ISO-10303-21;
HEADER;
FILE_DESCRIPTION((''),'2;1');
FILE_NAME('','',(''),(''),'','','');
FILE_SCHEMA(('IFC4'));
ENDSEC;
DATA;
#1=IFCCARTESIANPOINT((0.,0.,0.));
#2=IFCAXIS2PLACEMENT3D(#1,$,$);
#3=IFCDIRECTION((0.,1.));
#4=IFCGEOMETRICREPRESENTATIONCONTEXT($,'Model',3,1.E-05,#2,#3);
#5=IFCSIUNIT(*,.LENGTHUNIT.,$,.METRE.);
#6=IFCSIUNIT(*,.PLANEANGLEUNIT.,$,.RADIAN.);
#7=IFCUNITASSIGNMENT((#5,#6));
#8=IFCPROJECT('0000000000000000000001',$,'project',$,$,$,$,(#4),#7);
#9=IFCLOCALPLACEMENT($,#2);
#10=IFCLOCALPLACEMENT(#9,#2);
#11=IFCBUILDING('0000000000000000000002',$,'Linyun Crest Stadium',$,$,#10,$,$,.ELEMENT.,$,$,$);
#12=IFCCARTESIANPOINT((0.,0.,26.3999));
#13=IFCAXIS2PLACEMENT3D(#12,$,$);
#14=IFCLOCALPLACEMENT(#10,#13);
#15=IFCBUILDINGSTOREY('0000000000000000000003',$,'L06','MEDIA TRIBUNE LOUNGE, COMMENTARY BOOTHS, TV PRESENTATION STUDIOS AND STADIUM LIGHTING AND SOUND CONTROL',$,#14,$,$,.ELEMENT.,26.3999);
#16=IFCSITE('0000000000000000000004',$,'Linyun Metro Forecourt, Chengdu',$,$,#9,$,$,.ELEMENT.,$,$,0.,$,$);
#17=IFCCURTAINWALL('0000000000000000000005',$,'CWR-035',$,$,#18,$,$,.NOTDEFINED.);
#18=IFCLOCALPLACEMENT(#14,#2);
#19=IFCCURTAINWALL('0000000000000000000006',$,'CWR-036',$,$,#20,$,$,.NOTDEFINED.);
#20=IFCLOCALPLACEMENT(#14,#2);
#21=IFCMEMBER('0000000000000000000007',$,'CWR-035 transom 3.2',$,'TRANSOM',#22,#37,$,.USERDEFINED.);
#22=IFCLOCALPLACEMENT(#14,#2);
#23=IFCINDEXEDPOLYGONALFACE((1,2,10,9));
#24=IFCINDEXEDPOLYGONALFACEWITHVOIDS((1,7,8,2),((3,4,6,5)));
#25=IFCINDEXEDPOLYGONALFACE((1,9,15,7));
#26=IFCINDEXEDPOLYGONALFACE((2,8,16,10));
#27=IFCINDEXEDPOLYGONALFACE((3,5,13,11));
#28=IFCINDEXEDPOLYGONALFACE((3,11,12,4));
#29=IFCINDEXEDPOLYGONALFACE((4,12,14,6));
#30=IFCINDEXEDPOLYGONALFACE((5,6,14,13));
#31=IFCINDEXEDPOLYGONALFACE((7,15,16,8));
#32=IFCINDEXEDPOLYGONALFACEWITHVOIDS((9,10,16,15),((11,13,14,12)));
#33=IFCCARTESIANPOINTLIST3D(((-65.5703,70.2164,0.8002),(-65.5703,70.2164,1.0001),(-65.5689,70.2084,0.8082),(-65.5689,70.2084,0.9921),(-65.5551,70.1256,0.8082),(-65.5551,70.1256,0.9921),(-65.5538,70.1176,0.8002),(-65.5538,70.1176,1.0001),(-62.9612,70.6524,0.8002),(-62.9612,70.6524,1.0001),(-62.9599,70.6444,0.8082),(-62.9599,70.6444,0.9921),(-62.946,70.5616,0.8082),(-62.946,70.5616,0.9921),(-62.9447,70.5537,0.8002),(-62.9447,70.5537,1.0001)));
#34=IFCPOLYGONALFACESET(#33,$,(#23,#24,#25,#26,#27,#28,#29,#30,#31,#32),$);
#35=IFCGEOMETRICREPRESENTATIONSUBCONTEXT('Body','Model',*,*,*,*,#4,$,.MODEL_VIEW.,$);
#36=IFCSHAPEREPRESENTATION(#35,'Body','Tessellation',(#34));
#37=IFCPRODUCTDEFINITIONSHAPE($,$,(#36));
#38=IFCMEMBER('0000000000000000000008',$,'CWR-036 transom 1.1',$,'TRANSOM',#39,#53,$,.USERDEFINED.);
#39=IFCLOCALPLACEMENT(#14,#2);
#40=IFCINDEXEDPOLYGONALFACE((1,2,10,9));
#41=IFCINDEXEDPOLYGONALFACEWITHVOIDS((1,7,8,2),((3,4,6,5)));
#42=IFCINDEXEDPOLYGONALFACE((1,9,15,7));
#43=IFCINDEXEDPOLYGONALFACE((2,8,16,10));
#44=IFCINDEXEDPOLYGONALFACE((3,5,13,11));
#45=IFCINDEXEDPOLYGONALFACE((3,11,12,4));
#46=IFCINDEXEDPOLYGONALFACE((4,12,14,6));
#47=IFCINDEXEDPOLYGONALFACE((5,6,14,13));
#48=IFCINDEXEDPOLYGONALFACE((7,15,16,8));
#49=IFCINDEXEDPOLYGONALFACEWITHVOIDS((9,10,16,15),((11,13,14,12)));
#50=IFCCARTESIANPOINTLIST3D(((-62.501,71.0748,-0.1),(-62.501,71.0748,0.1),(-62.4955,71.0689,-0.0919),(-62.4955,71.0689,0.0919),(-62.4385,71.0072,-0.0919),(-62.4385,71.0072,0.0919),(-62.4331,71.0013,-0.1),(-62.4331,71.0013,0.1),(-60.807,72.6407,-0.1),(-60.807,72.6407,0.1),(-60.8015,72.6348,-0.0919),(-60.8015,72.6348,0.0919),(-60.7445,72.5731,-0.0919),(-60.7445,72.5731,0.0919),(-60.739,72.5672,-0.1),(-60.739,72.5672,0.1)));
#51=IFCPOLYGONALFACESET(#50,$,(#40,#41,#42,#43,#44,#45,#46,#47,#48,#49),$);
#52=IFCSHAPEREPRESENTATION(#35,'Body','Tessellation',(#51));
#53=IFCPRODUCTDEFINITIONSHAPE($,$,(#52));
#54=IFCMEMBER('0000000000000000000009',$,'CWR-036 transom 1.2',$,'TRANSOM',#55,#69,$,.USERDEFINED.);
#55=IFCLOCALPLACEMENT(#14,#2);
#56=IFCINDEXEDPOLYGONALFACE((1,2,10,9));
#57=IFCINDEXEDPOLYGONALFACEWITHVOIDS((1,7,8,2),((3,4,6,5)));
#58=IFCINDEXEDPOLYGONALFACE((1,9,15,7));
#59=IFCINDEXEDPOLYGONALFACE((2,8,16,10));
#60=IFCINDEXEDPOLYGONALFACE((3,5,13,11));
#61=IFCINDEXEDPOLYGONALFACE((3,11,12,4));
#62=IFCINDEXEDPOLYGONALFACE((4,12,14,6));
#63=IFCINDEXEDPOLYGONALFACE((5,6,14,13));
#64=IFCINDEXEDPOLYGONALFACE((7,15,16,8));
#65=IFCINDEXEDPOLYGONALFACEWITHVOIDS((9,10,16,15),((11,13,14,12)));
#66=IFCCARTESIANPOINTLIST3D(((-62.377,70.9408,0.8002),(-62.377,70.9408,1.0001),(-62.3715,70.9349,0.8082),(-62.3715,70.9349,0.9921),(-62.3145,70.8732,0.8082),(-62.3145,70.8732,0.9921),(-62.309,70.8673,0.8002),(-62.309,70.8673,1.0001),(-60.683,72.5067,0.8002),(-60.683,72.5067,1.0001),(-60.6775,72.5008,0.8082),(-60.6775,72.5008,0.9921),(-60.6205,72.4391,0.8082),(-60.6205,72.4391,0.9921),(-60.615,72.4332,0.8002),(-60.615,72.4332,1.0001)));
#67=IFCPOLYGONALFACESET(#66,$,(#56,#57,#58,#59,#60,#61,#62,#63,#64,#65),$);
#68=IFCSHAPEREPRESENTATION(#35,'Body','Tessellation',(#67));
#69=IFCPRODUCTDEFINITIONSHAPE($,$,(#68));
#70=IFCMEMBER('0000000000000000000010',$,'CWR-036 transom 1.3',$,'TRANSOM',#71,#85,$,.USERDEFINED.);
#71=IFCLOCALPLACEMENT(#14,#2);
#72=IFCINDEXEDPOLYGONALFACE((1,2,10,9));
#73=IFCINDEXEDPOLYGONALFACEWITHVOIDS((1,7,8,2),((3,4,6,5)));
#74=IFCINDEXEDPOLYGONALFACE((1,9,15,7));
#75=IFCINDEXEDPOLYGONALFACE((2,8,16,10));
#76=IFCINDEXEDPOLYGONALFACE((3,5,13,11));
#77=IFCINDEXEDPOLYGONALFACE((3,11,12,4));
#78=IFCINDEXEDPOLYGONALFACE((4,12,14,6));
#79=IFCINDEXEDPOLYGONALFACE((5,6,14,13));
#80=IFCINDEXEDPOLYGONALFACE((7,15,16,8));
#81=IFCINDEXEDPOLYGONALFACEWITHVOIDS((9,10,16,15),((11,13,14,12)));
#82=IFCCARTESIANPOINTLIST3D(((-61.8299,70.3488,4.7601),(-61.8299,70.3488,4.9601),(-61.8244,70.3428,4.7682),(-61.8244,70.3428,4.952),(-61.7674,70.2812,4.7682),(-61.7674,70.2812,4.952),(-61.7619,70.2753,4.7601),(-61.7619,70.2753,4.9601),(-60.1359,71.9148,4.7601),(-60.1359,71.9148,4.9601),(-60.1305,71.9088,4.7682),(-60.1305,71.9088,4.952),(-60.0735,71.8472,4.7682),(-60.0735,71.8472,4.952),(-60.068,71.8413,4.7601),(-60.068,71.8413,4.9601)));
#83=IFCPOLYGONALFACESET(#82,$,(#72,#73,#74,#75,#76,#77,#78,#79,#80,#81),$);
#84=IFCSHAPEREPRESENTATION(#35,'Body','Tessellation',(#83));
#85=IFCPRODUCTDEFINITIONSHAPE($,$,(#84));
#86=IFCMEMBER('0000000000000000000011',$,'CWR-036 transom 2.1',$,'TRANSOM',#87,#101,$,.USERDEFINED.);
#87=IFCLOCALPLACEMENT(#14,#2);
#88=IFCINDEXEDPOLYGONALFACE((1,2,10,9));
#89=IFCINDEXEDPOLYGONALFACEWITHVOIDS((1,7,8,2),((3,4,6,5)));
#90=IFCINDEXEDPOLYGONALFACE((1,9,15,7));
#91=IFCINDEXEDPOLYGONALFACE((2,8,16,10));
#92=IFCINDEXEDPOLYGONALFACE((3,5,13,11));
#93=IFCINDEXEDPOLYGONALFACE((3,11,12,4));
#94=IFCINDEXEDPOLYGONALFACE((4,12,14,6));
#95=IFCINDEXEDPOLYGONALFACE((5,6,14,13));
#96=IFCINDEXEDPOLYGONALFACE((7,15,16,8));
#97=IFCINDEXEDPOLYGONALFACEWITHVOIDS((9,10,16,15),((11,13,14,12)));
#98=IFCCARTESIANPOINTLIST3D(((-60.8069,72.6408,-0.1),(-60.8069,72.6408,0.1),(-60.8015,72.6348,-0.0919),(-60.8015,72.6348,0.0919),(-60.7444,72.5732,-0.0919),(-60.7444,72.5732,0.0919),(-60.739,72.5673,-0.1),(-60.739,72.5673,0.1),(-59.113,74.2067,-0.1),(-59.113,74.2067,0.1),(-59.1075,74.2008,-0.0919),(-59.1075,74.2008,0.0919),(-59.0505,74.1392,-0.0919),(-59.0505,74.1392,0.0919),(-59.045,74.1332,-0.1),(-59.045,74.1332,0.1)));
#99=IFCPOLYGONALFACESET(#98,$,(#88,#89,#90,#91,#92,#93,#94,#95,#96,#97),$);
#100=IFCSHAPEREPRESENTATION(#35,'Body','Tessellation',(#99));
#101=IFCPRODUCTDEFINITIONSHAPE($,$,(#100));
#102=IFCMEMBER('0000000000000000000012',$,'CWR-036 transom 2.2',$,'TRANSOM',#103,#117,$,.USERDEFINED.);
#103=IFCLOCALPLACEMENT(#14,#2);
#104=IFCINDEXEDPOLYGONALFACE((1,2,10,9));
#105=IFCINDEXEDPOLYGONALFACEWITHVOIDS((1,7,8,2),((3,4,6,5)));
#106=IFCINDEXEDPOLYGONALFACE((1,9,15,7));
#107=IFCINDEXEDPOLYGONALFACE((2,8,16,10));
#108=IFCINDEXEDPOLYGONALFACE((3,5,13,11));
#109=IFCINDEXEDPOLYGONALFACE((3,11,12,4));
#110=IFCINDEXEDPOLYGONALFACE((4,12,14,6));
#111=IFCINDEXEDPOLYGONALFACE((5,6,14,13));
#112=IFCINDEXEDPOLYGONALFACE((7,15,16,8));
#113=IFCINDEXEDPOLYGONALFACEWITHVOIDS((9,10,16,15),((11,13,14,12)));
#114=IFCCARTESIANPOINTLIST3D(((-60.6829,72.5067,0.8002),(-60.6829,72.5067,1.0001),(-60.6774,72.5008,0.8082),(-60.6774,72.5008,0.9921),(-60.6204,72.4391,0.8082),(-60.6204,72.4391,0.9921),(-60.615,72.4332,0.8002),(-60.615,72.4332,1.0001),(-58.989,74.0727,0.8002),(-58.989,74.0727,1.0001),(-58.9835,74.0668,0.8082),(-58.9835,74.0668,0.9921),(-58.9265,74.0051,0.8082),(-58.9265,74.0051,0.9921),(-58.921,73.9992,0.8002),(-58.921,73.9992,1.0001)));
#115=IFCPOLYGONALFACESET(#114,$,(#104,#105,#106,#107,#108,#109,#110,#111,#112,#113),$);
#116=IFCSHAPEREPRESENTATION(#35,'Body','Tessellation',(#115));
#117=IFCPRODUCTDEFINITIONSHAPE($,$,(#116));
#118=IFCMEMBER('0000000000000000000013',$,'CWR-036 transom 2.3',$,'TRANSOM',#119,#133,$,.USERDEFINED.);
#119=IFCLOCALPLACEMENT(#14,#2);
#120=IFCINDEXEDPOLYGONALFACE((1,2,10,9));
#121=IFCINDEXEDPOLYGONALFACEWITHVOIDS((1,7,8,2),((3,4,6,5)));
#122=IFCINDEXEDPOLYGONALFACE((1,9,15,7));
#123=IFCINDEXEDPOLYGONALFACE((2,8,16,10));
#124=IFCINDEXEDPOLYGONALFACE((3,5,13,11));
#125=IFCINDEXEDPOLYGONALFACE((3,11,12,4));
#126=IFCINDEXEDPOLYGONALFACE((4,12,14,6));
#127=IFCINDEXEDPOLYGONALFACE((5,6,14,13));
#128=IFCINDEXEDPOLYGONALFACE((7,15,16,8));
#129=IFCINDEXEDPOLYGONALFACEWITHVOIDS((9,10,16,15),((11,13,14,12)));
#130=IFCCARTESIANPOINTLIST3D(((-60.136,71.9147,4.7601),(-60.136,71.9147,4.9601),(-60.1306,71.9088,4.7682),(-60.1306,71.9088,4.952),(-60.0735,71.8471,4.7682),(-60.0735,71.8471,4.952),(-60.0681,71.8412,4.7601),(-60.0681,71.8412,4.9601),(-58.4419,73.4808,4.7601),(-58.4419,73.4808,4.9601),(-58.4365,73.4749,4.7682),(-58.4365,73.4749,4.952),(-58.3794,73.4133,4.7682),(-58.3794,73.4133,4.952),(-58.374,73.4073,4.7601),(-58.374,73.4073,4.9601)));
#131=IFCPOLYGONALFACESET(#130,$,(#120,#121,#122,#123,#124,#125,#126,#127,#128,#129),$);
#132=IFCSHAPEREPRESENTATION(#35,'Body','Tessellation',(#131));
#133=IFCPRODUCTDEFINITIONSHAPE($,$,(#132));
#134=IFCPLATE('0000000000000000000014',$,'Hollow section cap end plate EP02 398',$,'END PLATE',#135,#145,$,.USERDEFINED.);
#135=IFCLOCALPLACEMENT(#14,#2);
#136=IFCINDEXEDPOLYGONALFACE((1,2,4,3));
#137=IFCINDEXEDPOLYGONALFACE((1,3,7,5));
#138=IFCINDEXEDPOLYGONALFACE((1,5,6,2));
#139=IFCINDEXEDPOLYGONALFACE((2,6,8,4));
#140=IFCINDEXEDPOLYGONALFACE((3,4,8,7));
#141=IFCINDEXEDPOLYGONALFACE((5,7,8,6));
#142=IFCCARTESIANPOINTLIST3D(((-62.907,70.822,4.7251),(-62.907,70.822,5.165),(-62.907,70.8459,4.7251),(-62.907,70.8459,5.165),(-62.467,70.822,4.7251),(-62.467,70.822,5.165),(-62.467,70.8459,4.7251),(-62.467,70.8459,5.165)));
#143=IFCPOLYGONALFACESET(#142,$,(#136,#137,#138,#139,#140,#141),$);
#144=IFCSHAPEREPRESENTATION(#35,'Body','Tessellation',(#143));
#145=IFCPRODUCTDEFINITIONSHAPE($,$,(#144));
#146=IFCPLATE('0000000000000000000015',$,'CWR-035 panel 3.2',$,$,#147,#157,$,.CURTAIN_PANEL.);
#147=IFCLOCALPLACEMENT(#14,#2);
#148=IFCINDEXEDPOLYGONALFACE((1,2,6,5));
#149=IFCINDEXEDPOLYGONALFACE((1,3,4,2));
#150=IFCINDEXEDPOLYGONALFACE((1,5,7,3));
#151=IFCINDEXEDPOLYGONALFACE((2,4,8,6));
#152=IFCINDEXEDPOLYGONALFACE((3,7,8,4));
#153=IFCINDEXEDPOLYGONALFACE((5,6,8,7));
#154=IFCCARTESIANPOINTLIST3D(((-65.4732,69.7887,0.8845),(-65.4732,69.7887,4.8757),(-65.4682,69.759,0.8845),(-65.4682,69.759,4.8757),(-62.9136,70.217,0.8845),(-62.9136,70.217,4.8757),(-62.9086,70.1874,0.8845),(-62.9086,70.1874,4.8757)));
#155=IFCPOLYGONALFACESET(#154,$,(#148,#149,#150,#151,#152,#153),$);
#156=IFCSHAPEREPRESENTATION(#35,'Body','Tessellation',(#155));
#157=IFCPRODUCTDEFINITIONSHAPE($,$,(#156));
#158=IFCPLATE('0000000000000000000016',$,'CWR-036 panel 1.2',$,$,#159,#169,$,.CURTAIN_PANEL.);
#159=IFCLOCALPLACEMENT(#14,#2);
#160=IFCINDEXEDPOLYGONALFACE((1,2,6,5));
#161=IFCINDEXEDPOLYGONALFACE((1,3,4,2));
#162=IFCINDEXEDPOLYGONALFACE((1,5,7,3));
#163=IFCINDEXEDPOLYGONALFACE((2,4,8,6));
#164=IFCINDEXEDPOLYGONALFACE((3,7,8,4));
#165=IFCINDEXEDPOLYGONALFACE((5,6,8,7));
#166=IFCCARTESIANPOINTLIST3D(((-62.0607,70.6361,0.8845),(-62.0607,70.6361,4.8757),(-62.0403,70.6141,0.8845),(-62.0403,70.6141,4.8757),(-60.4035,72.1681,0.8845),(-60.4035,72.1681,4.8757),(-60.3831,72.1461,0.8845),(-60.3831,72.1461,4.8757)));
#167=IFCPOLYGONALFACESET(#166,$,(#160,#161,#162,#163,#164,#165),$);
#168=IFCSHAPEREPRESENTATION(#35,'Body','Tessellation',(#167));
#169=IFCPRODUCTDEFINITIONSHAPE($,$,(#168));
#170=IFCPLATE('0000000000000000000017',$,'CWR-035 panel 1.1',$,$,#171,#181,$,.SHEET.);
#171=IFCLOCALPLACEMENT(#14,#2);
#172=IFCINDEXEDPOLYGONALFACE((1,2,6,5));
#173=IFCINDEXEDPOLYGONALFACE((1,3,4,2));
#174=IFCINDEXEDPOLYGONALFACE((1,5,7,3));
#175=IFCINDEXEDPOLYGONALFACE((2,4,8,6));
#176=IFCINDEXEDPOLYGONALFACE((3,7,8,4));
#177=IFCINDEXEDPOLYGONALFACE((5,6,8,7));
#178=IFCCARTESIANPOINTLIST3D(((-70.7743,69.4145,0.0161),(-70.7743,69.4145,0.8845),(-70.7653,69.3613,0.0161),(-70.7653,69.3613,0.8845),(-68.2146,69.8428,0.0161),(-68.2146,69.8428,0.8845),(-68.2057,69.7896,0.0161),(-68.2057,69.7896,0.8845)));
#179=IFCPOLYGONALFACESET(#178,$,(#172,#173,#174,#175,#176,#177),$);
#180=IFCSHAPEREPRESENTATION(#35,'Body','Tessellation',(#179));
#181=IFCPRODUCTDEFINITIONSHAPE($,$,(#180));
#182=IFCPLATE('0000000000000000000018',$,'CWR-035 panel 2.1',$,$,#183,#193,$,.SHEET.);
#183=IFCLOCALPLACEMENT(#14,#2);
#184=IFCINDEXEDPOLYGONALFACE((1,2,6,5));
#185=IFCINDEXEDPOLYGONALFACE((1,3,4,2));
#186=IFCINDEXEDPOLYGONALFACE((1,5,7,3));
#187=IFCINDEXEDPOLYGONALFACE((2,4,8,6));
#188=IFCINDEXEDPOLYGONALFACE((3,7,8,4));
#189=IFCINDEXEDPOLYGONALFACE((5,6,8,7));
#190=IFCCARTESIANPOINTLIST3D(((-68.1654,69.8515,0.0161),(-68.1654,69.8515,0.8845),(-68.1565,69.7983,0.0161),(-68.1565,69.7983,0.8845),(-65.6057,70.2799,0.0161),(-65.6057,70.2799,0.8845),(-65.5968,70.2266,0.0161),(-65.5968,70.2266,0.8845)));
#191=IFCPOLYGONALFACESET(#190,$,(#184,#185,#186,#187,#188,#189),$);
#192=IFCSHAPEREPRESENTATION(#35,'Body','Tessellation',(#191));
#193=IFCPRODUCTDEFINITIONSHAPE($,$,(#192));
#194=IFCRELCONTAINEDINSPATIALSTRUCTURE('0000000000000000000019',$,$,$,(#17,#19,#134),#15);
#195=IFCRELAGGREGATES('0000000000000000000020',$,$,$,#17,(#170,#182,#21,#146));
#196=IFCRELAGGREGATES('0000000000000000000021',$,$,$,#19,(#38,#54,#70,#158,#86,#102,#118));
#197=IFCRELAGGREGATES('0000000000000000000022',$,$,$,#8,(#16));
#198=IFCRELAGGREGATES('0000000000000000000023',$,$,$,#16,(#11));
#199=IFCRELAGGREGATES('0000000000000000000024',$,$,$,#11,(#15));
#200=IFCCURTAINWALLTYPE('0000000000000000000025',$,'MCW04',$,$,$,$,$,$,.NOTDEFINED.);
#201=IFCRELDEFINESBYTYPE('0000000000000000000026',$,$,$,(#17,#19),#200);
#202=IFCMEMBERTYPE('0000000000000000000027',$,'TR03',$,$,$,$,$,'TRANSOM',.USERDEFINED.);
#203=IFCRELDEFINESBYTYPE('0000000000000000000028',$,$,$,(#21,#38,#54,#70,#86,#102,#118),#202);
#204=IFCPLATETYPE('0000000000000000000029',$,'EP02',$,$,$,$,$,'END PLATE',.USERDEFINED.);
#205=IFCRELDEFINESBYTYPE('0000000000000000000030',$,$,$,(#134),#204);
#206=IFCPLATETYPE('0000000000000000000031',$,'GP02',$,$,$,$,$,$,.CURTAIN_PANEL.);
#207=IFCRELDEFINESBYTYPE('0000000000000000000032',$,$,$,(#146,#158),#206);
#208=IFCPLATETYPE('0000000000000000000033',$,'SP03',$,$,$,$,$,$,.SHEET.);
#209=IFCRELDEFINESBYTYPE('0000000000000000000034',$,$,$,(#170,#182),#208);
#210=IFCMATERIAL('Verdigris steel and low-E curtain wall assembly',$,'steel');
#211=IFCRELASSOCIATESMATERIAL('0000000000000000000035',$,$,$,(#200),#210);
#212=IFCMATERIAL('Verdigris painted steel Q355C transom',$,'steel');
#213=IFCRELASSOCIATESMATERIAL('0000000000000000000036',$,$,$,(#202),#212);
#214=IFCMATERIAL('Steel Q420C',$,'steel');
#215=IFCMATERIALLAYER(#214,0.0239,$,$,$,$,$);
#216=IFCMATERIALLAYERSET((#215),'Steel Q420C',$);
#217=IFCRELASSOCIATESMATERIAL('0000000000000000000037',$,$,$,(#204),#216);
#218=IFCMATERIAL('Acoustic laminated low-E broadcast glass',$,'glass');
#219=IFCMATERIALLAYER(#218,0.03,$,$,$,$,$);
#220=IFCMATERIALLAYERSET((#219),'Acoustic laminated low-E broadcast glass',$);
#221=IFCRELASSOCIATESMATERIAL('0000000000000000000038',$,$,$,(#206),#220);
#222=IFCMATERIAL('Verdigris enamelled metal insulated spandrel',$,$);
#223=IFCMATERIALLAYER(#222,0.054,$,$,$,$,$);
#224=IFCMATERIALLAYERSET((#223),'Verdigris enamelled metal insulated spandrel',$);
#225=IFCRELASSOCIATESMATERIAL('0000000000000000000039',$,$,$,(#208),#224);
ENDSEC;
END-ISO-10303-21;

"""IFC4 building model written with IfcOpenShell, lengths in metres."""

from ifc_helpers import new_model, si_unit, direction, frame, origin, origin_2d, place, context, subcontext, project, spatial, rectangle, hollow_rectangle, extrude, material, layer, layer_set, material_profile, profile_set, type_object, element, aggregate, save


model = new_model("IFC4")

# Units and contexts
model_context = context("Model", 3, precision=1e-05, world=origin(), true_north=direction((0.0, 1.0)))
body_context = subcontext(model_context, "Body", "Model", "MODEL_VIEW")
ifc_project = project(units=[si_unit("LENGTHUNIT", "METRE"), si_unit("PLANEANGLEUNIT", "RADIAN")], contexts=[model_context])

# Site, building, storey
site_placement = place(None, origin())
site = spatial("IfcSite", under=ifc_project, at=site_placement, Name="Linyun Metro Forecourt, Chengdu", CompositionType="ELEMENT", RefElevation=0.0)
building_placement = place(site_placement, origin())
building = spatial("IfcBuilding", under=site, at=building_placement, Name="Linyun Crest Stadium", CompositionType="ELEMENT")
storey_placement = place(building_placement, frame((0.0, 0.0, 26.3999)))
storey = spatial("IfcBuildingStorey", under=building, at=storey_placement, Name="L06", Description="MEDIA TRIBUNE LOUNGE, COMMENTARY BOOTHS, TV PRESENTATION STUDIOS AND STADIUM LIGHTING AND SOUND CONTROL", CompositionType="ELEMENT", Elevation=26.3999)

# Curtain walls
ifc_material_1 = material(Name="Verdigris steel and low-E curtain wall assembly", Category="steel")
curtain_wall_type = type_object("IfcCurtainWallType", Name="MCW04", PredefinedType="NOTDEFINED", material=ifc_material_1)
curtain_wall_1_placement = place(storey_placement, origin())
curtain_wall_1 = element("IfcCurtainWall", 1, at=curtain_wall_1_placement, inside=storey, type_object=curtain_wall_type, Name="CWR-035", PredefinedType="NOTDEFINED")
curtain_wall_2_placement = place(storey_placement, origin())
curtain_wall_2 = element("IfcCurtainWall", 2, at=curtain_wall_2_placement, inside=storey, type_object=curtain_wall_type, Name="CWR-036", PredefinedType="NOTDEFINED")

# Members
ifc_material_2 = material(Name="Verdigris painted steel Q355C transom", Category="steel")
ifc_material_profile_1 = material_profile(ifc_material_2, hollow_rectangle(XDim=0.1001, YDim=0.2, WallThickness=0.0081, at=origin_2d()), Name="RHS 200x100x8")
ifc_profile_set_1 = profile_set([ifc_material_profile_1], Name="Verdigris painted steel Q355C transom")
member_type_1 = type_object("IfcMemberType", Name="TR03", ElementType="TRANSOM", PredefinedType="USERDEFINED", material=ifc_profile_set_1)
member_1_placement = place(storey_placement, frame((-65.562, 70.167, 0.9001), z_axis=(0.986321, 0.164833, 0.0), x_axis=(-0.164833, 0.986321, 0.0)))
member_1 = element("IfcMember", 3, at=member_1_placement, type_object=member_type_1, Name="CWR-035 transom 3.2", ObjectType="TRANSOM", PredefinedType="USERDEFINED", context=body_context, shape_type="SweptSolid", body=[
    extrude(hollow_rectangle(XDim=0.1001, YDim=0.2, WallThickness=0.0081, at=origin_2d()), origin(), (0.0, 0.0, 1.0), 2.6453),
])
member_2_placement = place(storey_placement, frame((-62.467, 71.0381, 0.0), z_axis=(0.734341, 0.678781, 0.0), x_axis=(-0.678781, 0.734341, 0.0)))
member_2 = element("IfcMember", 4, at=member_2_placement, type_object=member_type_1, Name="CWR-036 transom 1.1", ObjectType="TRANSOM", PredefinedType="USERDEFINED", context=body_context, shape_type="SweptSolid", body=[
    extrude(hollow_rectangle(XDim=0.1001, YDim=0.2, WallThickness=0.0081, at=origin_2d()), origin(), (0.0, 0.0, 1.0), 2.3069),
])
member_3_placement = place(storey_placement, frame((-62.343, 70.9041, 0.9001), z_axis=(0.734341, 0.678781, 0.0), x_axis=(-0.678781, 0.734341, 0.0)))
member_3 = element("IfcMember", 5, at=member_3_placement, type_object=member_type_1, Name="CWR-036 transom 1.2", ObjectType="TRANSOM", PredefinedType="USERDEFINED", context=body_context, shape_type="SweptSolid", body=[
    extrude(hollow_rectangle(XDim=0.1001, YDim=0.2, WallThickness=0.0081, at=origin_2d()), origin(), (0.0, 0.0, 1.0), 2.3069),
])
member_4_placement = place(storey_placement, frame((-61.7959, 70.312, 4.8601), z_axis=(0.734292, 0.678834, 0.0), x_axis=(-0.678834, 0.734292, 0.0)))
member_4 = element("IfcMember", 6, at=member_4_placement, type_object=member_type_1, Name="CWR-036 transom 1.3", ObjectType="TRANSOM", PredefinedType="USERDEFINED", context=body_context, shape_type="SweptSolid", body=[
    extrude(hollow_rectangle(XDim=0.1001, YDim=0.2, WallThickness=0.0081, at=origin_2d()), origin(), (0.0, 0.0, 1.0), 2.3069),
])
member_5_placement = place(storey_placement, frame((-60.7729, 72.604, 0.0), z_axis=(0.734292, 0.678834, 0.0), x_axis=(-0.678834, 0.734292, 0.0)))
member_5 = element("IfcMember", 7, at=member_5_placement, type_object=member_type_1, Name="CWR-036 transom 2.1", ObjectType="TRANSOM", PredefinedType="USERDEFINED", context=body_context, shape_type="SweptSolid", body=[
    extrude(hollow_rectangle(XDim=0.1001, YDim=0.2, WallThickness=0.0081, at=origin_2d()), origin(), (0.0, 0.0, 1.0), 2.3069),
])
member_6_placement = place(storey_placement, frame((-60.6489, 72.47, 0.9001), z_axis=(0.734292, 0.678834, 0.0), x_axis=(-0.678834, 0.734292, 0.0)))
member_6 = element("IfcMember", 8, at=member_6_placement, type_object=member_type_1, Name="CWR-036 transom 2.2", ObjectType="TRANSOM", PredefinedType="USERDEFINED", context=body_context, shape_type="SweptSolid", body=[
    extrude(hollow_rectangle(XDim=0.1001, YDim=0.2, WallThickness=0.0081, at=origin_2d()), origin(), (0.0, 0.0, 1.0), 2.3069),
])
member_7_placement = place(storey_placement, frame((-60.1021, 71.8779, 4.8601), z_axis=(0.734288, 0.678838, 0.0), x_axis=(-0.678838, 0.734288, 0.0)))
member_7 = element("IfcMember", 9, at=member_7_placement, type_object=member_type_1, Name="CWR-036 transom 2.3", ObjectType="TRANSOM", PredefinedType="USERDEFINED", context=body_context, shape_type="SweptSolid", body=[
    extrude(hollow_rectangle(XDim=0.1001, YDim=0.2, WallThickness=0.0081, at=origin_2d()), origin(), (0.0, 0.0, 1.0), 2.3071),
])

# Plates
ifc_material_3 = material(Name="Steel Q420C", Category="steel")
ifc_layer_1 = layer(ifc_material_3, 0.0239)
ifc_layer_set_1 = layer_set([ifc_layer_1], Name="Steel Q420C")
plate_type_1 = type_object("IfcPlateType", Name="EP02", ElementType="END PLATE", PredefinedType="USERDEFINED", material=ifc_layer_set_1)
plate_1_placement = place(storey_placement, frame((-62.687, 70.834, 4.7251), z_axis=(0.0, 0.0, 1.0), x_axis=(1.0, 0.0, 0.0)))
element("IfcPlate", 10, at=plate_1_placement, inside=storey, type_object=plate_type_1, Name="Hollow section cap end plate EP02 398", ObjectType="END PLATE", PredefinedType="USERDEFINED", context=body_context, shape_type="SweptSolid", body=[
    extrude(rectangle(XDim=0.4399, YDim=0.0239, at=origin_2d()), origin(), (0.0, 0.0, 1.0), 0.4399),
])
ifc_material_4 = material(Name="Acoustic laminated low-E broadcast glass", Category="glass")
ifc_layer_2 = layer(ifc_material_4, 0.03)
ifc_layer_set_2 = layer_set([ifc_layer_2], Name="Acoustic laminated low-E broadcast glass")
plate_type_2 = type_object("IfcPlateType", Name="GP02", PredefinedType="CURTAIN_PANEL", material=ifc_layer_set_2)
plate_2_placement = place(storey_placement, frame((-64.1909, 69.988, 0.8845), z_axis=(0.0, 0.0, 1.0), x_axis=(0.986283, 0.165065, 0.0)))
plate_2 = element("IfcPlate", 11, at=plate_2_placement, type_object=plate_type_2, Name="CWR-035 panel 3.2", PredefinedType="CURTAIN_PANEL", context=body_context, shape_type="SweptSolid", body=[
    extrude(rectangle(XDim=2.5952, YDim=0.03, at=origin_2d()), origin(), (0.0, 0.0, 1.0), 3.9912),
])
plate_3_placement = place(storey_placement, frame((-61.2219, 71.3911, 0.8845), z_axis=(0.0, 0.0, 1.0), x_axis=(0.734299, 0.678826, 0.0)))
plate_3 = element("IfcPlate", 12, at=plate_3_placement, type_object=plate_type_2, Name="CWR-036 panel 1.2", PredefinedType="CURTAIN_PANEL", context=body_context, shape_type="SweptSolid", body=[
    extrude(rectangle(XDim=2.2568, YDim=0.03, at=origin_2d()), origin(), (0.0, 0.0, 1.0), 3.9912),
])
ifc_material_5 = material(Name="Verdigris enamelled metal insulated spandrel")
ifc_layer_3 = layer(ifc_material_5, 0.054)
ifc_layer_set_3 = layer_set([ifc_layer_3], Name="Verdigris enamelled metal insulated spandrel")
plate_type_3 = type_object("IfcPlateType", Name="SP03", PredefinedType="SHEET", material=ifc_layer_set_3)
plate_4_placement = place(storey_placement, frame((-69.49, 69.6021, 0.0161), z_axis=(0.0, 0.0, 1.0), x_axis=(0.986283, 0.165065, 0.0)))
plate_4 = element("IfcPlate", 13, at=plate_4_placement, type_object=plate_type_3, Name="CWR-035 panel 1.1", PredefinedType="SHEET", context=body_context, shape_type="SweptSolid", body=[
    extrude(rectangle(XDim=2.5952, YDim=0.054, at=origin_2d()), origin(), (0.0, 0.0, 1.0), 0.8684),
])
plate_5_placement = place(storey_placement, frame((-66.8811, 70.0391, 0.0161), z_axis=(0.0, 0.0, 1.0), x_axis=(0.986283, 0.165065, 0.0)))
plate_5 = element("IfcPlate", 14, at=plate_5_placement, type_object=plate_type_3, Name="CWR-035 panel 2.1", PredefinedType="SHEET", context=body_context, shape_type="SweptSolid", body=[
    extrude(rectangle(XDim=2.5952, YDim=0.054, at=origin_2d()), origin(), (0.0, 0.0, 1.0), 0.8684),
])
aggregate(curtain_wall_1, [plate_4, plate_5, member_1, plate_2])
aggregate(curtain_wall_2, [member_2, member_3, member_4, plate_3, member_5, member_6, member_7])

save(model, "model.ifc")
